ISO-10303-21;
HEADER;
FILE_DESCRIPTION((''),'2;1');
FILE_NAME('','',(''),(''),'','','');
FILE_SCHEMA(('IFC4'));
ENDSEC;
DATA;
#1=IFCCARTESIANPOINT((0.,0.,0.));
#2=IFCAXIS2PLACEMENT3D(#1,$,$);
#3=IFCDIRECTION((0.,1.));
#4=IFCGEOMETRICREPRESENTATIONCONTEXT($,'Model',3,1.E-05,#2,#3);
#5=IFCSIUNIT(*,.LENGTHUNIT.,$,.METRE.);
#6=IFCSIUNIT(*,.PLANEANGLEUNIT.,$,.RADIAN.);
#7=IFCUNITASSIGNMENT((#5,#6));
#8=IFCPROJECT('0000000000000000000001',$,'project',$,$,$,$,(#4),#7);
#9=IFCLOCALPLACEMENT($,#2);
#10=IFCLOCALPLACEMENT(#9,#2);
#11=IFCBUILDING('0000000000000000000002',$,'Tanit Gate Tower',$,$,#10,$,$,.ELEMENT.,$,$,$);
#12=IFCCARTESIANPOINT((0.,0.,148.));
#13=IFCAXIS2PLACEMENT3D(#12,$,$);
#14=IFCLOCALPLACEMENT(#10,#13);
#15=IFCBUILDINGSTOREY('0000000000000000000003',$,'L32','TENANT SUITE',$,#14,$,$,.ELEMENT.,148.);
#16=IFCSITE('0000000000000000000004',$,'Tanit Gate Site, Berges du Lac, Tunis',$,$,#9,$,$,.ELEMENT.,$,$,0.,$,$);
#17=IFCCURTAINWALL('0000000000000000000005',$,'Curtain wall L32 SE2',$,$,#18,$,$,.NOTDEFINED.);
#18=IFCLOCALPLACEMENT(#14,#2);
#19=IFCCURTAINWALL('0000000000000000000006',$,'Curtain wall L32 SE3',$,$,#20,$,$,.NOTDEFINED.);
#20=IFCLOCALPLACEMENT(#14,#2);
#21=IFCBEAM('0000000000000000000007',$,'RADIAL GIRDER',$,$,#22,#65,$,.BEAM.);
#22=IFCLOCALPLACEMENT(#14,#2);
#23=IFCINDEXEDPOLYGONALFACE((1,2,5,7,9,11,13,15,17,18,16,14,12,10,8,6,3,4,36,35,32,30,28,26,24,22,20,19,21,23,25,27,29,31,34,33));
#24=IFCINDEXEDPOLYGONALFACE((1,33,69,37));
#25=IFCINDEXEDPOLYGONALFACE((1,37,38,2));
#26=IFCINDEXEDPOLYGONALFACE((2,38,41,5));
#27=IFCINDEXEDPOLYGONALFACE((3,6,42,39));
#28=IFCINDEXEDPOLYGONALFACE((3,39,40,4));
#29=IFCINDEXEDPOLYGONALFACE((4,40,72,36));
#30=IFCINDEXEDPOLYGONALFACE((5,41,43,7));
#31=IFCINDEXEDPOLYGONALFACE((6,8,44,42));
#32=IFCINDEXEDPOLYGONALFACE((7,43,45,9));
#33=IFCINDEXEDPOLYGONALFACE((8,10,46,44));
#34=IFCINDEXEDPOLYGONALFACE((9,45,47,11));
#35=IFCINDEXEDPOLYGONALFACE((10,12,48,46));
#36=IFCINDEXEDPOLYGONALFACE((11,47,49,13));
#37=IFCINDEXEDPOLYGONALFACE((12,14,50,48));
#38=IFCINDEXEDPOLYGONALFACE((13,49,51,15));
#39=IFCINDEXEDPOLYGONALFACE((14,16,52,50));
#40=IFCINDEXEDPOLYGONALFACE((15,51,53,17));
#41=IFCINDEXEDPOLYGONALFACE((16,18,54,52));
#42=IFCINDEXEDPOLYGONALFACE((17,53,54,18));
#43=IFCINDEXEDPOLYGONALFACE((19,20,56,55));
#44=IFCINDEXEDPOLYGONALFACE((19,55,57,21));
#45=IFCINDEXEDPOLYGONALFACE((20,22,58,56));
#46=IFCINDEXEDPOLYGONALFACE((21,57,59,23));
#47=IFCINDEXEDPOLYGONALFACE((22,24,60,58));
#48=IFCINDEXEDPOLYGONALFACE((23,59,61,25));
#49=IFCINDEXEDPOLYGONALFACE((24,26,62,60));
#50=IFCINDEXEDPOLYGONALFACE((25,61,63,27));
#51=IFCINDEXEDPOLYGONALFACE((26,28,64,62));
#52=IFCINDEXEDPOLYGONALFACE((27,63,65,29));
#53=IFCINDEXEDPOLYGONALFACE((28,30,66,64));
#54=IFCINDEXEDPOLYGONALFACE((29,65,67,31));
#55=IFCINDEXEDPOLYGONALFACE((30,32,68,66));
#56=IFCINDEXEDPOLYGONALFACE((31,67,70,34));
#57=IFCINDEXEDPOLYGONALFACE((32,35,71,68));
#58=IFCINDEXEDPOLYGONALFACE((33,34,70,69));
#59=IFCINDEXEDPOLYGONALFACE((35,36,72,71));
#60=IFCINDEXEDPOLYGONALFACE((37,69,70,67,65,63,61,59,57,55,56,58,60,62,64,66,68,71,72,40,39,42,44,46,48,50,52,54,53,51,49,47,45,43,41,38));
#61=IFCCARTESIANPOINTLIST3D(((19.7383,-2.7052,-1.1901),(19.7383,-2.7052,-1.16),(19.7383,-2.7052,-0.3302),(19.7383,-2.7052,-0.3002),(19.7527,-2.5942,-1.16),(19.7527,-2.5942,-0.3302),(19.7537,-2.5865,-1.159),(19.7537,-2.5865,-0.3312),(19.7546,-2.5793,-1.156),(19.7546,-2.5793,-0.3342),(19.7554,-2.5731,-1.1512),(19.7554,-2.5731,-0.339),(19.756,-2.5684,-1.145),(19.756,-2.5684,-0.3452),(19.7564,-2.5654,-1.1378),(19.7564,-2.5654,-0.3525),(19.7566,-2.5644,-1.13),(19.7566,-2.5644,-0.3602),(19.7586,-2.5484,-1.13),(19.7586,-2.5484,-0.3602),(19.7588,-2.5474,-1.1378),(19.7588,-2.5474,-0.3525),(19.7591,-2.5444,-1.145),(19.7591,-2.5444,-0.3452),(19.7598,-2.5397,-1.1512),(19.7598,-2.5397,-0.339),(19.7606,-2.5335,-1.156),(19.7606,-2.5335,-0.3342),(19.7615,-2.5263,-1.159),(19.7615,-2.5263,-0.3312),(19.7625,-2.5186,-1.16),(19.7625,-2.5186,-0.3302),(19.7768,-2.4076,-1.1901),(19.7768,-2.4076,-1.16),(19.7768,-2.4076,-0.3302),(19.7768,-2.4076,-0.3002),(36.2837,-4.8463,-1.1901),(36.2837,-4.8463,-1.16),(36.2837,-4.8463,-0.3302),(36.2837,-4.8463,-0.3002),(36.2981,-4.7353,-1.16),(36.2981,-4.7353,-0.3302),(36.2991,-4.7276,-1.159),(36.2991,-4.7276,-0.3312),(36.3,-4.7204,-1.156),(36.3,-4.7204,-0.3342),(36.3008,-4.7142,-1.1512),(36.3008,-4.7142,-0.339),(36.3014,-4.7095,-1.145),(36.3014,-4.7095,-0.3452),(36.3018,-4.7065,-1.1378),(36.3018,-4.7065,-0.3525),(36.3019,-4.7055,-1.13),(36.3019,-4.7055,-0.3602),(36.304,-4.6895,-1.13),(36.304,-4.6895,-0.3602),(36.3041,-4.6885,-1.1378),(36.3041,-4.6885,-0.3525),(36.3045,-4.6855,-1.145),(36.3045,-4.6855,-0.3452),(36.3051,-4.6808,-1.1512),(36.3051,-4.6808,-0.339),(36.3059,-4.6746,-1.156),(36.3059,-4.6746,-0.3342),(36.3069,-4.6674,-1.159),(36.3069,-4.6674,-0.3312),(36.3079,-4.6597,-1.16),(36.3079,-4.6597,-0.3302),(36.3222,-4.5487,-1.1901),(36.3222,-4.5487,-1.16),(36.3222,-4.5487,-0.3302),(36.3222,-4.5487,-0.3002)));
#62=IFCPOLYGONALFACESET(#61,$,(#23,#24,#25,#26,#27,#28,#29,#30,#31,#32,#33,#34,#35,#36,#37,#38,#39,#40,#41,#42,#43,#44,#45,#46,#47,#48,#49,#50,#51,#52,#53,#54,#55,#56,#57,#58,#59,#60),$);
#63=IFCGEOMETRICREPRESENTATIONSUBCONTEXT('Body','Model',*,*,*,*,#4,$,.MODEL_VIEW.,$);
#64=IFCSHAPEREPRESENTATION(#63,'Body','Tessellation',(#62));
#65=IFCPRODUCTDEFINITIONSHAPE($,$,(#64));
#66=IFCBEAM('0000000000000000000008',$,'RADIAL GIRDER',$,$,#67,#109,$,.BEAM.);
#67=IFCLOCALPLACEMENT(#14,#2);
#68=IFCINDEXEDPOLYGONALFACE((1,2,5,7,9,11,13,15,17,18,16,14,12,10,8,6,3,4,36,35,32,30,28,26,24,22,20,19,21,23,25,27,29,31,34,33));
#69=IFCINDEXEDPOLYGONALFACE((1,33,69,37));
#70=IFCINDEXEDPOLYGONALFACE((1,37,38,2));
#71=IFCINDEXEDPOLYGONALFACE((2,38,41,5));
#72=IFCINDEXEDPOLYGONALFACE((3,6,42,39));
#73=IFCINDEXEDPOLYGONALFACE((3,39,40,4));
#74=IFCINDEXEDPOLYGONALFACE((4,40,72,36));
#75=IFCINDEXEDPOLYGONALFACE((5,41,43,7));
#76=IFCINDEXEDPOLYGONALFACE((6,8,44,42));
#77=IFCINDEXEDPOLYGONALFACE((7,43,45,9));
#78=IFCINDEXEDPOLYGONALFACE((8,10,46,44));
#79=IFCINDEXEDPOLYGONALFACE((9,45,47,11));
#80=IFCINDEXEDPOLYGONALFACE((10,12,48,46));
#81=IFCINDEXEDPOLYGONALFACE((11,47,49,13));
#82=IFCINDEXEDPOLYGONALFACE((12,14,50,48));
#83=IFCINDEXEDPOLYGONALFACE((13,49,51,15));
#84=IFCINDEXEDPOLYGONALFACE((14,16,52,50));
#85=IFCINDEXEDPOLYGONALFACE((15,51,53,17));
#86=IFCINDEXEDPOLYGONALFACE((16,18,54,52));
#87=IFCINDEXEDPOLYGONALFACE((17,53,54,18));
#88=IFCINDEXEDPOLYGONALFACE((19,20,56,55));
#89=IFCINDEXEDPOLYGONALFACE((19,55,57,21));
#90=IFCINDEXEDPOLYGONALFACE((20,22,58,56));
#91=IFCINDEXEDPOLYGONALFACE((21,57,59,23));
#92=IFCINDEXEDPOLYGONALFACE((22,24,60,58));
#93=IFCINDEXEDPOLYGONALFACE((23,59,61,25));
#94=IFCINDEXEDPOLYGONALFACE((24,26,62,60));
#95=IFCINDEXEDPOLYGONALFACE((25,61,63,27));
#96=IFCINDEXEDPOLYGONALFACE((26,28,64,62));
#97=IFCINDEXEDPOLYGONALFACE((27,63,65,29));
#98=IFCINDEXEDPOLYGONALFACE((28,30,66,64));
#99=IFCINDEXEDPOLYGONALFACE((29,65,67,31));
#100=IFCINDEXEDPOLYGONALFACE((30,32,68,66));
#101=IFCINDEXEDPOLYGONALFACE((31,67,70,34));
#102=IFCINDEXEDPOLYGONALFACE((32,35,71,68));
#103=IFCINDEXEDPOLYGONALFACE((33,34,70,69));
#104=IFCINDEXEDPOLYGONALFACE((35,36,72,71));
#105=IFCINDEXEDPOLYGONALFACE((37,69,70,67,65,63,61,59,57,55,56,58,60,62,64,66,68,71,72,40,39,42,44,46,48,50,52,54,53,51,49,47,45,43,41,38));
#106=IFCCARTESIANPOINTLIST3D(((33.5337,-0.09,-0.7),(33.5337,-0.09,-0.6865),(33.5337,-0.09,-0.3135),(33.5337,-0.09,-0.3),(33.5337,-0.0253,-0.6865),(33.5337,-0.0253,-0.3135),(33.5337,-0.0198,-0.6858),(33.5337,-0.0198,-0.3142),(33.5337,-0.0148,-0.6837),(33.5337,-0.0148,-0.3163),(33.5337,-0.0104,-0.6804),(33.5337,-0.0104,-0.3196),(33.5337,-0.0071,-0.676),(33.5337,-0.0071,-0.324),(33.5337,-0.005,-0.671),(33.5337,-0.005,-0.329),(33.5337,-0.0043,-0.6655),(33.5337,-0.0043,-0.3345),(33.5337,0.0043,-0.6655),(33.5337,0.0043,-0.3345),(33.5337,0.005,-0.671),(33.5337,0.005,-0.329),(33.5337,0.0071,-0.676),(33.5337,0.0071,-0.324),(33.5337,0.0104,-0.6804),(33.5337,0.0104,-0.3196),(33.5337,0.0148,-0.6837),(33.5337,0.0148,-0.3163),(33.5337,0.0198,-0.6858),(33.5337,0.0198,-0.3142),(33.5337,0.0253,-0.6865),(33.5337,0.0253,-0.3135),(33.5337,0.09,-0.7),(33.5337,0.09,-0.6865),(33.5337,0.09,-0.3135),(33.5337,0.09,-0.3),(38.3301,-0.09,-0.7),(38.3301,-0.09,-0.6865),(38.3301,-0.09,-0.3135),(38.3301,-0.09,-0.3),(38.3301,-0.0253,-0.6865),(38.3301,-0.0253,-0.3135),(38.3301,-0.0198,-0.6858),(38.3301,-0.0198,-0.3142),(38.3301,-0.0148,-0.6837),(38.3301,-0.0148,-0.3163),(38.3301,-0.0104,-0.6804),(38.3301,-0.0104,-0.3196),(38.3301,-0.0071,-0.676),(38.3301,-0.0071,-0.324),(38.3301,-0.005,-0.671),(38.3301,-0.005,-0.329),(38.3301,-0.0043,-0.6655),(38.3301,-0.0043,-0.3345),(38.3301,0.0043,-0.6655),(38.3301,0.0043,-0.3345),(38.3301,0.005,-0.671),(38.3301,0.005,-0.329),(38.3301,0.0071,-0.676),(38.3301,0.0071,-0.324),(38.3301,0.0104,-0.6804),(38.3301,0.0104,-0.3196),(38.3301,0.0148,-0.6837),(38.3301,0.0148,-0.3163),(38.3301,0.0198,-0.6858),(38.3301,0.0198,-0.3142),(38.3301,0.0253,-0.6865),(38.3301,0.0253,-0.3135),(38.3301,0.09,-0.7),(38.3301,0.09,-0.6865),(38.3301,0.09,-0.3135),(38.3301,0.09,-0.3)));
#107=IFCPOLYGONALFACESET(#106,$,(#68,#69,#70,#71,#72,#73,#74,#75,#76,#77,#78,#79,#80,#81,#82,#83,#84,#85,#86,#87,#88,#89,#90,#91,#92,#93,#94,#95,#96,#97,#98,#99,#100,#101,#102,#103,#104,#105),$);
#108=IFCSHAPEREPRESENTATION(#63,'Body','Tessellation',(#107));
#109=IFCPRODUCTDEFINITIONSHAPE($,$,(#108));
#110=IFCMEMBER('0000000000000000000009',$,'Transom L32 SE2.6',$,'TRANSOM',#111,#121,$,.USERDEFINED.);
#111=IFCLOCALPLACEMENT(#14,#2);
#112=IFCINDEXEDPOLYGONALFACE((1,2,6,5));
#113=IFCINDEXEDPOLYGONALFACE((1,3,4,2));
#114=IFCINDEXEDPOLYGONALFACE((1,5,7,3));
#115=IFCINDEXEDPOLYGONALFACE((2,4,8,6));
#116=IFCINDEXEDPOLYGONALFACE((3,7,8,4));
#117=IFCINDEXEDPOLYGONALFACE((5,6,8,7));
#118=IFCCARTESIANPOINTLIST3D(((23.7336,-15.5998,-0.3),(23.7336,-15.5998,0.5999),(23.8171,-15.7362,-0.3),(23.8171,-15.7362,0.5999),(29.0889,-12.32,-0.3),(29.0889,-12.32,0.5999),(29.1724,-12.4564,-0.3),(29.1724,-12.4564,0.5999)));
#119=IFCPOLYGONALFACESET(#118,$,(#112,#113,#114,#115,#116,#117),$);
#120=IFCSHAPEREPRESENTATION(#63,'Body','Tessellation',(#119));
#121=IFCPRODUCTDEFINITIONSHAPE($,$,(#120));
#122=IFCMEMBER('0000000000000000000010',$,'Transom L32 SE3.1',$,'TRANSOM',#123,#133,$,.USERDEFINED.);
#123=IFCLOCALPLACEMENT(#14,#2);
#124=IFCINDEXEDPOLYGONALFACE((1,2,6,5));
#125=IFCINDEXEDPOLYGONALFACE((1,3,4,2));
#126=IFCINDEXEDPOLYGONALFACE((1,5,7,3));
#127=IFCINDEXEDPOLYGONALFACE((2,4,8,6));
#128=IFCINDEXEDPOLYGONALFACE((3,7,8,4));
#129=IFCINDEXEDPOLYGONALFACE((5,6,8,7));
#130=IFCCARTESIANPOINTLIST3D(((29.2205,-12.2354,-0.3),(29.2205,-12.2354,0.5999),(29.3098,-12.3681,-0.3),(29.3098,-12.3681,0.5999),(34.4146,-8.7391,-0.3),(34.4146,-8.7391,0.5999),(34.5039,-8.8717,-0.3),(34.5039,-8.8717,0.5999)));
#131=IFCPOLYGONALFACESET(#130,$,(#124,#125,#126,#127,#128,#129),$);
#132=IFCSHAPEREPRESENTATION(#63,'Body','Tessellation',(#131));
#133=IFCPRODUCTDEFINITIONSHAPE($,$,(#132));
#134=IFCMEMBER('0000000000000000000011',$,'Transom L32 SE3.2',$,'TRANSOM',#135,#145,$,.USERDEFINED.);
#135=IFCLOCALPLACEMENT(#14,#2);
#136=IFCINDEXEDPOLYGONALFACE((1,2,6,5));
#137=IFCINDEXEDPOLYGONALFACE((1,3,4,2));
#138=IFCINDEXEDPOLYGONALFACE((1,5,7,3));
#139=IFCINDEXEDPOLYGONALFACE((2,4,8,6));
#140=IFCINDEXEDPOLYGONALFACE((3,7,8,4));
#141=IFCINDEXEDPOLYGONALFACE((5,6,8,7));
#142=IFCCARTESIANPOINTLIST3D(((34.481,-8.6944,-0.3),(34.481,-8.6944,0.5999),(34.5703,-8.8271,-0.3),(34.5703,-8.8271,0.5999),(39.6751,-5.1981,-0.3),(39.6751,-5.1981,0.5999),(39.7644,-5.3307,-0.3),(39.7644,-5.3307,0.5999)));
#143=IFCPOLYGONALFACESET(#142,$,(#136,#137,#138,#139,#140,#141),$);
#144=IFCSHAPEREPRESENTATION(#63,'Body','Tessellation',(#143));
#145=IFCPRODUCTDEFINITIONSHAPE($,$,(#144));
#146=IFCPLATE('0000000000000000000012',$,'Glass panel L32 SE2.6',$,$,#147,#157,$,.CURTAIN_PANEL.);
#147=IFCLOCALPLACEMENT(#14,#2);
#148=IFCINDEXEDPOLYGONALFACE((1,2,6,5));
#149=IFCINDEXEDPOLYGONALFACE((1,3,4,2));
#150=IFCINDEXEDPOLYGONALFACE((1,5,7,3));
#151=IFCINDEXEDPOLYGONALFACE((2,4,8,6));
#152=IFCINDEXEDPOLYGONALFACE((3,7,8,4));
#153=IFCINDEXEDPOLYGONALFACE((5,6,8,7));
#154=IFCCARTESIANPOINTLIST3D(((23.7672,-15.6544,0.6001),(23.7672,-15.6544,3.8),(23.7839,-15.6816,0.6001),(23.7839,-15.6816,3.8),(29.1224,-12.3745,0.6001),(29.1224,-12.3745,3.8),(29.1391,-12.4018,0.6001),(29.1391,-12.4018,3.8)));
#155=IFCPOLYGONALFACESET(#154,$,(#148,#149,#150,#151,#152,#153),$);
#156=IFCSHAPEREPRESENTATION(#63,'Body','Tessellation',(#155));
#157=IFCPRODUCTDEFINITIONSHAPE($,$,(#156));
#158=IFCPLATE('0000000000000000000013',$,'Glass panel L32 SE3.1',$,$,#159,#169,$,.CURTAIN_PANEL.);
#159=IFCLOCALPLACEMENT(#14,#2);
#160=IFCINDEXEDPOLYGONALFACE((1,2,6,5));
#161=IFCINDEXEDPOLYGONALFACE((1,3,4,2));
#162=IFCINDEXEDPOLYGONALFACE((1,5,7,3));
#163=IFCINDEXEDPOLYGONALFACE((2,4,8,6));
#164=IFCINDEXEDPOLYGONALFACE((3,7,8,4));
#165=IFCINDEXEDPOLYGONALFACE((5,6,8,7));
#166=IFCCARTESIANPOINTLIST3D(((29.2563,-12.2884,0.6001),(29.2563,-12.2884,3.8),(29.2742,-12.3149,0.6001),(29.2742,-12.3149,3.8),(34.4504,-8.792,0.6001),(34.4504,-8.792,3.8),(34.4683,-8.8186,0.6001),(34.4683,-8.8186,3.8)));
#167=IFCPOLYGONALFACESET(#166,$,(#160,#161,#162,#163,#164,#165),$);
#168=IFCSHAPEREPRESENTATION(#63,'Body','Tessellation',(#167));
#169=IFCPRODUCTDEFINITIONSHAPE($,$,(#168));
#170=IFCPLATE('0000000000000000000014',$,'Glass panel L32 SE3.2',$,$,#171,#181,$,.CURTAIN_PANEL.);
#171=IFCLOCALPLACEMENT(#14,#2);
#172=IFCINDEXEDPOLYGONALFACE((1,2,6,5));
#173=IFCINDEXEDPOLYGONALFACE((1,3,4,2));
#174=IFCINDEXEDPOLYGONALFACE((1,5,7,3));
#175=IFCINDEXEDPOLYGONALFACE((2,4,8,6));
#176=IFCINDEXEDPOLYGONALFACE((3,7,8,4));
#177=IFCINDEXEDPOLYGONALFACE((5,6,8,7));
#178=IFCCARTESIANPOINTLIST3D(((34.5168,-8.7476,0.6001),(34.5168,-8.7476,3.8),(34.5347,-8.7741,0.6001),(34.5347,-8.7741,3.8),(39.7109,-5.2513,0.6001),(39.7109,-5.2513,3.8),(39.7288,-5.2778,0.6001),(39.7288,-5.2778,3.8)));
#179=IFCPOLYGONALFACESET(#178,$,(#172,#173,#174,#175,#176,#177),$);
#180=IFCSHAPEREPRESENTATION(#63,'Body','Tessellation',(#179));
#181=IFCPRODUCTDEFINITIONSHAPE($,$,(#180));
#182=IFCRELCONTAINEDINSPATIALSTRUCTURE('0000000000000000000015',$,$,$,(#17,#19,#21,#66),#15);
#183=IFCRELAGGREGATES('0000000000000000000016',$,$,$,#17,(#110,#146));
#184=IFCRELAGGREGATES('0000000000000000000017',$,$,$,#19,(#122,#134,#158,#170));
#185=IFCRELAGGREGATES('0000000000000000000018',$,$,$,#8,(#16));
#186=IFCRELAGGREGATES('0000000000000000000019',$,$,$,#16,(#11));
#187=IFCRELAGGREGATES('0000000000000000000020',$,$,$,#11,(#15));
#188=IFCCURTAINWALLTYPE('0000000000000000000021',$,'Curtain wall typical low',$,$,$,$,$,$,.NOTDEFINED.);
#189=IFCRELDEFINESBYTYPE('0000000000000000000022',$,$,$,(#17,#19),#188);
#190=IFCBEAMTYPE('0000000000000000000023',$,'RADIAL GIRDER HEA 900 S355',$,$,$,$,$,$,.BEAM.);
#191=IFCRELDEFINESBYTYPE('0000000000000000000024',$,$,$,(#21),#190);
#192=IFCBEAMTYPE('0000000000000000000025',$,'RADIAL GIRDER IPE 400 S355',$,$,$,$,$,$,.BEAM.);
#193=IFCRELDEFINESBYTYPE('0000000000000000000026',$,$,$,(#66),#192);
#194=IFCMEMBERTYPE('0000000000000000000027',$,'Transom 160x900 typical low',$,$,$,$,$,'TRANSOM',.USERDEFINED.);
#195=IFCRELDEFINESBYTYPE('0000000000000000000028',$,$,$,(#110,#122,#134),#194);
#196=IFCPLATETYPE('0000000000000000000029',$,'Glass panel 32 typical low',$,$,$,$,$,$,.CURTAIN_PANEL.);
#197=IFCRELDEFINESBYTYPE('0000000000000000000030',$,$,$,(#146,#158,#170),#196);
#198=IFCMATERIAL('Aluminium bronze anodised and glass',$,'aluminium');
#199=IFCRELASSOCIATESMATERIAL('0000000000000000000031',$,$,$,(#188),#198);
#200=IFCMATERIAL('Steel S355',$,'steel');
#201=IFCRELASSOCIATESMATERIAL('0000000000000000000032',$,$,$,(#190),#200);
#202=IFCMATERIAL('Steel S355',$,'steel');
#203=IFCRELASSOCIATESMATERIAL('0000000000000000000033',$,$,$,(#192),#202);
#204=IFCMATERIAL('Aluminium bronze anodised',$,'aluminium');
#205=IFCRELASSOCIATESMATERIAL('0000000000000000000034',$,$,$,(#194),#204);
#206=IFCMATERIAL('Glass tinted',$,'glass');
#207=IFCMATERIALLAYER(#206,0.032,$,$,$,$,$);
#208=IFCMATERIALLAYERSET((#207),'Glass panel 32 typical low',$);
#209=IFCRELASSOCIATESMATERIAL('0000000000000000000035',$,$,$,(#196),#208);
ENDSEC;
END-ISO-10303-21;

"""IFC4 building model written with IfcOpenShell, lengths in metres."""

from ifc_helpers import new_model, si_unit, direction, frame, origin, origin_2d, place, context, subcontext, project, spatial, rectangle, i_section, extrude, material, layer, layer_set, material_profile, profile_set, type_object, element, aggregate, save


model = new_model("IFC4")

# Units and contexts
model_context = context("Model", 3, precision=1e-05, world=origin(), true_north=direction((0.0, 1.0)))
body_context = subcontext(model_context, "Body", "Model", "MODEL_VIEW")
ifc_project = project(units=[si_unit("LENGTHUNIT", "METRE"), si_unit("PLANEANGLEUNIT", "RADIAN")], contexts=[model_context])

# Site, building, storey
site_placement = place(None, origin())
site = spatial("IfcSite", under=ifc_project, at=site_placement, Name="Tanit Gate Site, Berges du Lac, Tunis", CompositionType="ELEMENT", RefElevation=0.0)
building_placement = place(site_placement, origin())
building = spatial("IfcBuilding", under=site, at=building_placement, Name="Tanit Gate Tower", CompositionType="ELEMENT")
storey_placement = place(building_placement, frame((0.0, 0.0, 148.0)))
storey = spatial("IfcBuildingStorey", under=building, at=storey_placement, Name="L32", Description="TENANT SUITE", CompositionType="ELEMENT", Elevation=148.0)

# Curtain wall
ifc_material_1 = material(Name="Aluminium bronze anodised and glass", Category="aluminium")
curtain_wall_type = type_object("IfcCurtainWallType", Name="Curtain wall typical low", PredefinedType="NOTDEFINED", material=ifc_material_1)
curtain_wall_1_placement = place(storey_placement, origin())
curtain_wall_1 = element("IfcCurtainWall", 1, at=curtain_wall_1_placement, inside=storey, type_object=curtain_wall_type, Name="Curtain wall L32 SE2", PredefinedType="NOTDEFINED")

# Curtain wall
curtain_wall_2_placement = place(storey_placement, origin())
curtain_wall_2 = element("IfcCurtainWall", 2, at=curtain_wall_2_placement, inside=storey, type_object=curtain_wall_type, Name="Curtain wall L32 SE3", PredefinedType="NOTDEFINED")

# Beams
ifc_material_2 = material(Name="Steel S355", Category="steel")
ifc_material_profile_1 = material_profile(ifc_material_2, i_section(OverallWidth=0.3, OverallDepth=0.8899, WebThickness=0.0161, FlangeThickness=0.03, FilletRadius=0.03, at=origin_2d()), Name="HEA 900")
ifc_profile_set_1 = profile_set([ifc_material_profile_1], Name="Steel S355")
beam_type_1 = type_object("IfcBeamType", Name="RADIAL GIRDER HEA 900 S355", PredefinedType="BEAM", material=ifc_profile_set_1)
beam_1_placement = place(storey_placement, frame((36.303, -4.6975, -0.7451), z_axis=(-0.99173, 0.128338, 0.0), x_axis=(-0.128338, -0.99173, 0.0)))
element("IfcBeam", 3, at=beam_1_placement, inside=storey, type_object=beam_type_1, Name="RADIAL GIRDER", PredefinedType="BEAM", context=body_context, shape_type="SweptSolid", body=[
    extrude(i_section(OverallWidth=0.3, OverallDepth=0.8899, WebThickness=0.0161, FlangeThickness=0.03, FilletRadius=0.03, at=origin_2d()), origin(), (0.0, 0.0, 1.0), 16.6833),
])
ifc_material_3 = material(Name="Steel S355", Category="steel")
ifc_material_profile_2 = material_profile(ifc_material_3, i_section(OverallWidth=0.1799, OverallDepth=0.3999, WebThickness=0.0085, FlangeThickness=0.0134, FilletRadius=0.021, at=origin_2d()), Name="IPE 400")
ifc_profile_set_2 = profile_set([ifc_material_profile_2], Name="Steel S355")
beam_type_2 = type_object("IfcBeamType", Name="RADIAL GIRDER IPE 400 S355", PredefinedType="BEAM", material=ifc_profile_set_2)
beam_2_placement = place(storey_placement, frame((38.3301, 0.0, -0.5), z_axis=(-1.0, 0.0, 0.0), x_axis=(0.0, -1.0, 0.0)))
element("IfcBeam", 4, at=beam_2_placement, inside=storey, type_object=beam_type_2, Name="RADIAL GIRDER", PredefinedType="BEAM", context=body_context, shape_type="SweptSolid", body=[
    extrude(i_section(OverallWidth=0.1799, OverallDepth=0.3999, WebThickness=0.0085, FlangeThickness=0.0134, FilletRadius=0.021, at=origin_2d()), origin(), (0.0, 0.0, 1.0), 4.7964),
])

# Members
ifc_material_4 = material(Name="Aluminium bronze anodised", Category="aluminium")
ifc_material_profile_3 = material_profile(ifc_material_4, rectangle(XDim=0.1599, YDim=0.8999, at=origin_2d()), Name="160x900 bronze transom")
ifc_profile_set_3 = profile_set([ifc_material_profile_3], Name="Aluminium bronze anodised")
member_type_1 = type_object("IfcMemberType", Name="Transom 160x900 typical low", ElementType="TRANSOM", PredefinedType="USERDEFINED", material=ifc_profile_set_3)
member_1_placement = place(storey_placement, frame((23.7754, -15.668, 0.1499), z_axis=(0.852775, 0.522279, 0.0), x_axis=(-0.522279, 0.852775, 0.0)))
member_1 = element("IfcMember", 5, at=member_1_placement, type_object=member_type_1, Name="Transom L32 SE2.6", ObjectType="TRANSOM", PredefinedType="USERDEFINED", context=body_context, shape_type="SweptSolid", body=[
    extrude(rectangle(XDim=0.1599, YDim=0.8999, at=origin_2d()), origin(), (0.0, 0.0, 1.0), 6.2798),
])
member_2_placement = place(storey_placement, frame((29.2651, -12.3018, 0.1499), z_axis=(0.829564, 0.558411, 0.0), x_axis=(-0.558411, 0.829564, 0.0)))
member_2 = element("IfcMember", 6, at=member_2_placement, type_object=member_type_1, Name="Transom L32 SE3.1", ObjectType="TRANSOM", PredefinedType="USERDEFINED", context=body_context, shape_type="SweptSolid", body=[
    extrude(rectangle(XDim=0.1599, YDim=0.8999, at=origin_2d()), origin(), (0.0, 0.0, 1.0), 6.2612),
])
member_3_placement = place(storey_placement, frame((34.5256, -8.7607, 0.1499), z_axis=(0.829564, 0.558411, 0.0), x_axis=(-0.558411, 0.829564, 0.0)))
member_3 = element("IfcMember", 7, at=member_3_placement, type_object=member_type_1, Name="Transom L32 SE3.2", ObjectType="TRANSOM", PredefinedType="USERDEFINED", context=body_context, shape_type="SweptSolid", body=[
    extrude(rectangle(XDim=0.1599, YDim=0.8999, at=origin_2d()), origin(), (0.0, 0.0, 1.0), 6.2612),
])

# Plates
ifc_material_5 = material(Name="Glass tinted", Category="glass")
ifc_layer_1 = layer(ifc_material_5, 0.032)
ifc_layer_set_1 = layer_set([ifc_layer_1], Name="Glass panel 32 typical low")
plate_type = type_object("IfcPlateType", Name="Glass panel 32 typical low", PredefinedType="CURTAIN_PANEL", material=ifc_layer_set_1)
plate_1_placement = place(storey_placement, frame((26.4531, -14.0281, 0.6001), z_axis=(0.0, 0.0, 1.0), x_axis=(0.852772, 0.522283, 0.0)))
plate_1 = element("IfcPlate", 8, at=plate_1_placement, type_object=plate_type, Name="Glass panel L32 SE2.6", PredefinedType="CURTAIN_PANEL", context=body_context, shape_type="SweptSolid", body=[
    extrude(rectangle(XDim=6.2798, YDim=0.032, at=origin_2d()), origin(), (0.0, 0.0, 1.0), 3.2),
])
aggregate(curtain_wall_1, [member_1, plate_1])
plate_2_placement = place(storey_placement, frame((31.8623, -10.5535, 0.6001), z_axis=(0.0, 0.0, 1.0), x_axis=(0.829567, 0.558408, 0.0)))
plate_2 = element("IfcPlate", 9, at=plate_2_placement, type_object=plate_type, Name="Glass panel L32 SE3.1", PredefinedType="CURTAIN_PANEL", context=body_context, shape_type="SweptSolid", body=[
    extrude(rectangle(XDim=6.2612, YDim=0.032, at=origin_2d()), origin(), (0.0, 0.0, 1.0), 3.2),
])
plate_3_placement = place(storey_placement, frame((37.1228, -7.0127, 0.6001), z_axis=(0.0, 0.0, 1.0), x_axis=(0.829567, 0.558408, 0.0)))
plate_3 = element("IfcPlate", 10, at=plate_3_placement, type_object=plate_type, Name="Glass panel L32 SE3.2", PredefinedType="CURTAIN_PANEL", context=body_context, shape_type="SweptSolid", body=[
    extrude(rectangle(XDim=6.2612, YDim=0.032, at=origin_2d()), origin(), (0.0, 0.0, 1.0), 3.2),
])
aggregate(curtain_wall_2, [member_2, member_3, plate_2, plate_3])

save(model, "model.ifc")
